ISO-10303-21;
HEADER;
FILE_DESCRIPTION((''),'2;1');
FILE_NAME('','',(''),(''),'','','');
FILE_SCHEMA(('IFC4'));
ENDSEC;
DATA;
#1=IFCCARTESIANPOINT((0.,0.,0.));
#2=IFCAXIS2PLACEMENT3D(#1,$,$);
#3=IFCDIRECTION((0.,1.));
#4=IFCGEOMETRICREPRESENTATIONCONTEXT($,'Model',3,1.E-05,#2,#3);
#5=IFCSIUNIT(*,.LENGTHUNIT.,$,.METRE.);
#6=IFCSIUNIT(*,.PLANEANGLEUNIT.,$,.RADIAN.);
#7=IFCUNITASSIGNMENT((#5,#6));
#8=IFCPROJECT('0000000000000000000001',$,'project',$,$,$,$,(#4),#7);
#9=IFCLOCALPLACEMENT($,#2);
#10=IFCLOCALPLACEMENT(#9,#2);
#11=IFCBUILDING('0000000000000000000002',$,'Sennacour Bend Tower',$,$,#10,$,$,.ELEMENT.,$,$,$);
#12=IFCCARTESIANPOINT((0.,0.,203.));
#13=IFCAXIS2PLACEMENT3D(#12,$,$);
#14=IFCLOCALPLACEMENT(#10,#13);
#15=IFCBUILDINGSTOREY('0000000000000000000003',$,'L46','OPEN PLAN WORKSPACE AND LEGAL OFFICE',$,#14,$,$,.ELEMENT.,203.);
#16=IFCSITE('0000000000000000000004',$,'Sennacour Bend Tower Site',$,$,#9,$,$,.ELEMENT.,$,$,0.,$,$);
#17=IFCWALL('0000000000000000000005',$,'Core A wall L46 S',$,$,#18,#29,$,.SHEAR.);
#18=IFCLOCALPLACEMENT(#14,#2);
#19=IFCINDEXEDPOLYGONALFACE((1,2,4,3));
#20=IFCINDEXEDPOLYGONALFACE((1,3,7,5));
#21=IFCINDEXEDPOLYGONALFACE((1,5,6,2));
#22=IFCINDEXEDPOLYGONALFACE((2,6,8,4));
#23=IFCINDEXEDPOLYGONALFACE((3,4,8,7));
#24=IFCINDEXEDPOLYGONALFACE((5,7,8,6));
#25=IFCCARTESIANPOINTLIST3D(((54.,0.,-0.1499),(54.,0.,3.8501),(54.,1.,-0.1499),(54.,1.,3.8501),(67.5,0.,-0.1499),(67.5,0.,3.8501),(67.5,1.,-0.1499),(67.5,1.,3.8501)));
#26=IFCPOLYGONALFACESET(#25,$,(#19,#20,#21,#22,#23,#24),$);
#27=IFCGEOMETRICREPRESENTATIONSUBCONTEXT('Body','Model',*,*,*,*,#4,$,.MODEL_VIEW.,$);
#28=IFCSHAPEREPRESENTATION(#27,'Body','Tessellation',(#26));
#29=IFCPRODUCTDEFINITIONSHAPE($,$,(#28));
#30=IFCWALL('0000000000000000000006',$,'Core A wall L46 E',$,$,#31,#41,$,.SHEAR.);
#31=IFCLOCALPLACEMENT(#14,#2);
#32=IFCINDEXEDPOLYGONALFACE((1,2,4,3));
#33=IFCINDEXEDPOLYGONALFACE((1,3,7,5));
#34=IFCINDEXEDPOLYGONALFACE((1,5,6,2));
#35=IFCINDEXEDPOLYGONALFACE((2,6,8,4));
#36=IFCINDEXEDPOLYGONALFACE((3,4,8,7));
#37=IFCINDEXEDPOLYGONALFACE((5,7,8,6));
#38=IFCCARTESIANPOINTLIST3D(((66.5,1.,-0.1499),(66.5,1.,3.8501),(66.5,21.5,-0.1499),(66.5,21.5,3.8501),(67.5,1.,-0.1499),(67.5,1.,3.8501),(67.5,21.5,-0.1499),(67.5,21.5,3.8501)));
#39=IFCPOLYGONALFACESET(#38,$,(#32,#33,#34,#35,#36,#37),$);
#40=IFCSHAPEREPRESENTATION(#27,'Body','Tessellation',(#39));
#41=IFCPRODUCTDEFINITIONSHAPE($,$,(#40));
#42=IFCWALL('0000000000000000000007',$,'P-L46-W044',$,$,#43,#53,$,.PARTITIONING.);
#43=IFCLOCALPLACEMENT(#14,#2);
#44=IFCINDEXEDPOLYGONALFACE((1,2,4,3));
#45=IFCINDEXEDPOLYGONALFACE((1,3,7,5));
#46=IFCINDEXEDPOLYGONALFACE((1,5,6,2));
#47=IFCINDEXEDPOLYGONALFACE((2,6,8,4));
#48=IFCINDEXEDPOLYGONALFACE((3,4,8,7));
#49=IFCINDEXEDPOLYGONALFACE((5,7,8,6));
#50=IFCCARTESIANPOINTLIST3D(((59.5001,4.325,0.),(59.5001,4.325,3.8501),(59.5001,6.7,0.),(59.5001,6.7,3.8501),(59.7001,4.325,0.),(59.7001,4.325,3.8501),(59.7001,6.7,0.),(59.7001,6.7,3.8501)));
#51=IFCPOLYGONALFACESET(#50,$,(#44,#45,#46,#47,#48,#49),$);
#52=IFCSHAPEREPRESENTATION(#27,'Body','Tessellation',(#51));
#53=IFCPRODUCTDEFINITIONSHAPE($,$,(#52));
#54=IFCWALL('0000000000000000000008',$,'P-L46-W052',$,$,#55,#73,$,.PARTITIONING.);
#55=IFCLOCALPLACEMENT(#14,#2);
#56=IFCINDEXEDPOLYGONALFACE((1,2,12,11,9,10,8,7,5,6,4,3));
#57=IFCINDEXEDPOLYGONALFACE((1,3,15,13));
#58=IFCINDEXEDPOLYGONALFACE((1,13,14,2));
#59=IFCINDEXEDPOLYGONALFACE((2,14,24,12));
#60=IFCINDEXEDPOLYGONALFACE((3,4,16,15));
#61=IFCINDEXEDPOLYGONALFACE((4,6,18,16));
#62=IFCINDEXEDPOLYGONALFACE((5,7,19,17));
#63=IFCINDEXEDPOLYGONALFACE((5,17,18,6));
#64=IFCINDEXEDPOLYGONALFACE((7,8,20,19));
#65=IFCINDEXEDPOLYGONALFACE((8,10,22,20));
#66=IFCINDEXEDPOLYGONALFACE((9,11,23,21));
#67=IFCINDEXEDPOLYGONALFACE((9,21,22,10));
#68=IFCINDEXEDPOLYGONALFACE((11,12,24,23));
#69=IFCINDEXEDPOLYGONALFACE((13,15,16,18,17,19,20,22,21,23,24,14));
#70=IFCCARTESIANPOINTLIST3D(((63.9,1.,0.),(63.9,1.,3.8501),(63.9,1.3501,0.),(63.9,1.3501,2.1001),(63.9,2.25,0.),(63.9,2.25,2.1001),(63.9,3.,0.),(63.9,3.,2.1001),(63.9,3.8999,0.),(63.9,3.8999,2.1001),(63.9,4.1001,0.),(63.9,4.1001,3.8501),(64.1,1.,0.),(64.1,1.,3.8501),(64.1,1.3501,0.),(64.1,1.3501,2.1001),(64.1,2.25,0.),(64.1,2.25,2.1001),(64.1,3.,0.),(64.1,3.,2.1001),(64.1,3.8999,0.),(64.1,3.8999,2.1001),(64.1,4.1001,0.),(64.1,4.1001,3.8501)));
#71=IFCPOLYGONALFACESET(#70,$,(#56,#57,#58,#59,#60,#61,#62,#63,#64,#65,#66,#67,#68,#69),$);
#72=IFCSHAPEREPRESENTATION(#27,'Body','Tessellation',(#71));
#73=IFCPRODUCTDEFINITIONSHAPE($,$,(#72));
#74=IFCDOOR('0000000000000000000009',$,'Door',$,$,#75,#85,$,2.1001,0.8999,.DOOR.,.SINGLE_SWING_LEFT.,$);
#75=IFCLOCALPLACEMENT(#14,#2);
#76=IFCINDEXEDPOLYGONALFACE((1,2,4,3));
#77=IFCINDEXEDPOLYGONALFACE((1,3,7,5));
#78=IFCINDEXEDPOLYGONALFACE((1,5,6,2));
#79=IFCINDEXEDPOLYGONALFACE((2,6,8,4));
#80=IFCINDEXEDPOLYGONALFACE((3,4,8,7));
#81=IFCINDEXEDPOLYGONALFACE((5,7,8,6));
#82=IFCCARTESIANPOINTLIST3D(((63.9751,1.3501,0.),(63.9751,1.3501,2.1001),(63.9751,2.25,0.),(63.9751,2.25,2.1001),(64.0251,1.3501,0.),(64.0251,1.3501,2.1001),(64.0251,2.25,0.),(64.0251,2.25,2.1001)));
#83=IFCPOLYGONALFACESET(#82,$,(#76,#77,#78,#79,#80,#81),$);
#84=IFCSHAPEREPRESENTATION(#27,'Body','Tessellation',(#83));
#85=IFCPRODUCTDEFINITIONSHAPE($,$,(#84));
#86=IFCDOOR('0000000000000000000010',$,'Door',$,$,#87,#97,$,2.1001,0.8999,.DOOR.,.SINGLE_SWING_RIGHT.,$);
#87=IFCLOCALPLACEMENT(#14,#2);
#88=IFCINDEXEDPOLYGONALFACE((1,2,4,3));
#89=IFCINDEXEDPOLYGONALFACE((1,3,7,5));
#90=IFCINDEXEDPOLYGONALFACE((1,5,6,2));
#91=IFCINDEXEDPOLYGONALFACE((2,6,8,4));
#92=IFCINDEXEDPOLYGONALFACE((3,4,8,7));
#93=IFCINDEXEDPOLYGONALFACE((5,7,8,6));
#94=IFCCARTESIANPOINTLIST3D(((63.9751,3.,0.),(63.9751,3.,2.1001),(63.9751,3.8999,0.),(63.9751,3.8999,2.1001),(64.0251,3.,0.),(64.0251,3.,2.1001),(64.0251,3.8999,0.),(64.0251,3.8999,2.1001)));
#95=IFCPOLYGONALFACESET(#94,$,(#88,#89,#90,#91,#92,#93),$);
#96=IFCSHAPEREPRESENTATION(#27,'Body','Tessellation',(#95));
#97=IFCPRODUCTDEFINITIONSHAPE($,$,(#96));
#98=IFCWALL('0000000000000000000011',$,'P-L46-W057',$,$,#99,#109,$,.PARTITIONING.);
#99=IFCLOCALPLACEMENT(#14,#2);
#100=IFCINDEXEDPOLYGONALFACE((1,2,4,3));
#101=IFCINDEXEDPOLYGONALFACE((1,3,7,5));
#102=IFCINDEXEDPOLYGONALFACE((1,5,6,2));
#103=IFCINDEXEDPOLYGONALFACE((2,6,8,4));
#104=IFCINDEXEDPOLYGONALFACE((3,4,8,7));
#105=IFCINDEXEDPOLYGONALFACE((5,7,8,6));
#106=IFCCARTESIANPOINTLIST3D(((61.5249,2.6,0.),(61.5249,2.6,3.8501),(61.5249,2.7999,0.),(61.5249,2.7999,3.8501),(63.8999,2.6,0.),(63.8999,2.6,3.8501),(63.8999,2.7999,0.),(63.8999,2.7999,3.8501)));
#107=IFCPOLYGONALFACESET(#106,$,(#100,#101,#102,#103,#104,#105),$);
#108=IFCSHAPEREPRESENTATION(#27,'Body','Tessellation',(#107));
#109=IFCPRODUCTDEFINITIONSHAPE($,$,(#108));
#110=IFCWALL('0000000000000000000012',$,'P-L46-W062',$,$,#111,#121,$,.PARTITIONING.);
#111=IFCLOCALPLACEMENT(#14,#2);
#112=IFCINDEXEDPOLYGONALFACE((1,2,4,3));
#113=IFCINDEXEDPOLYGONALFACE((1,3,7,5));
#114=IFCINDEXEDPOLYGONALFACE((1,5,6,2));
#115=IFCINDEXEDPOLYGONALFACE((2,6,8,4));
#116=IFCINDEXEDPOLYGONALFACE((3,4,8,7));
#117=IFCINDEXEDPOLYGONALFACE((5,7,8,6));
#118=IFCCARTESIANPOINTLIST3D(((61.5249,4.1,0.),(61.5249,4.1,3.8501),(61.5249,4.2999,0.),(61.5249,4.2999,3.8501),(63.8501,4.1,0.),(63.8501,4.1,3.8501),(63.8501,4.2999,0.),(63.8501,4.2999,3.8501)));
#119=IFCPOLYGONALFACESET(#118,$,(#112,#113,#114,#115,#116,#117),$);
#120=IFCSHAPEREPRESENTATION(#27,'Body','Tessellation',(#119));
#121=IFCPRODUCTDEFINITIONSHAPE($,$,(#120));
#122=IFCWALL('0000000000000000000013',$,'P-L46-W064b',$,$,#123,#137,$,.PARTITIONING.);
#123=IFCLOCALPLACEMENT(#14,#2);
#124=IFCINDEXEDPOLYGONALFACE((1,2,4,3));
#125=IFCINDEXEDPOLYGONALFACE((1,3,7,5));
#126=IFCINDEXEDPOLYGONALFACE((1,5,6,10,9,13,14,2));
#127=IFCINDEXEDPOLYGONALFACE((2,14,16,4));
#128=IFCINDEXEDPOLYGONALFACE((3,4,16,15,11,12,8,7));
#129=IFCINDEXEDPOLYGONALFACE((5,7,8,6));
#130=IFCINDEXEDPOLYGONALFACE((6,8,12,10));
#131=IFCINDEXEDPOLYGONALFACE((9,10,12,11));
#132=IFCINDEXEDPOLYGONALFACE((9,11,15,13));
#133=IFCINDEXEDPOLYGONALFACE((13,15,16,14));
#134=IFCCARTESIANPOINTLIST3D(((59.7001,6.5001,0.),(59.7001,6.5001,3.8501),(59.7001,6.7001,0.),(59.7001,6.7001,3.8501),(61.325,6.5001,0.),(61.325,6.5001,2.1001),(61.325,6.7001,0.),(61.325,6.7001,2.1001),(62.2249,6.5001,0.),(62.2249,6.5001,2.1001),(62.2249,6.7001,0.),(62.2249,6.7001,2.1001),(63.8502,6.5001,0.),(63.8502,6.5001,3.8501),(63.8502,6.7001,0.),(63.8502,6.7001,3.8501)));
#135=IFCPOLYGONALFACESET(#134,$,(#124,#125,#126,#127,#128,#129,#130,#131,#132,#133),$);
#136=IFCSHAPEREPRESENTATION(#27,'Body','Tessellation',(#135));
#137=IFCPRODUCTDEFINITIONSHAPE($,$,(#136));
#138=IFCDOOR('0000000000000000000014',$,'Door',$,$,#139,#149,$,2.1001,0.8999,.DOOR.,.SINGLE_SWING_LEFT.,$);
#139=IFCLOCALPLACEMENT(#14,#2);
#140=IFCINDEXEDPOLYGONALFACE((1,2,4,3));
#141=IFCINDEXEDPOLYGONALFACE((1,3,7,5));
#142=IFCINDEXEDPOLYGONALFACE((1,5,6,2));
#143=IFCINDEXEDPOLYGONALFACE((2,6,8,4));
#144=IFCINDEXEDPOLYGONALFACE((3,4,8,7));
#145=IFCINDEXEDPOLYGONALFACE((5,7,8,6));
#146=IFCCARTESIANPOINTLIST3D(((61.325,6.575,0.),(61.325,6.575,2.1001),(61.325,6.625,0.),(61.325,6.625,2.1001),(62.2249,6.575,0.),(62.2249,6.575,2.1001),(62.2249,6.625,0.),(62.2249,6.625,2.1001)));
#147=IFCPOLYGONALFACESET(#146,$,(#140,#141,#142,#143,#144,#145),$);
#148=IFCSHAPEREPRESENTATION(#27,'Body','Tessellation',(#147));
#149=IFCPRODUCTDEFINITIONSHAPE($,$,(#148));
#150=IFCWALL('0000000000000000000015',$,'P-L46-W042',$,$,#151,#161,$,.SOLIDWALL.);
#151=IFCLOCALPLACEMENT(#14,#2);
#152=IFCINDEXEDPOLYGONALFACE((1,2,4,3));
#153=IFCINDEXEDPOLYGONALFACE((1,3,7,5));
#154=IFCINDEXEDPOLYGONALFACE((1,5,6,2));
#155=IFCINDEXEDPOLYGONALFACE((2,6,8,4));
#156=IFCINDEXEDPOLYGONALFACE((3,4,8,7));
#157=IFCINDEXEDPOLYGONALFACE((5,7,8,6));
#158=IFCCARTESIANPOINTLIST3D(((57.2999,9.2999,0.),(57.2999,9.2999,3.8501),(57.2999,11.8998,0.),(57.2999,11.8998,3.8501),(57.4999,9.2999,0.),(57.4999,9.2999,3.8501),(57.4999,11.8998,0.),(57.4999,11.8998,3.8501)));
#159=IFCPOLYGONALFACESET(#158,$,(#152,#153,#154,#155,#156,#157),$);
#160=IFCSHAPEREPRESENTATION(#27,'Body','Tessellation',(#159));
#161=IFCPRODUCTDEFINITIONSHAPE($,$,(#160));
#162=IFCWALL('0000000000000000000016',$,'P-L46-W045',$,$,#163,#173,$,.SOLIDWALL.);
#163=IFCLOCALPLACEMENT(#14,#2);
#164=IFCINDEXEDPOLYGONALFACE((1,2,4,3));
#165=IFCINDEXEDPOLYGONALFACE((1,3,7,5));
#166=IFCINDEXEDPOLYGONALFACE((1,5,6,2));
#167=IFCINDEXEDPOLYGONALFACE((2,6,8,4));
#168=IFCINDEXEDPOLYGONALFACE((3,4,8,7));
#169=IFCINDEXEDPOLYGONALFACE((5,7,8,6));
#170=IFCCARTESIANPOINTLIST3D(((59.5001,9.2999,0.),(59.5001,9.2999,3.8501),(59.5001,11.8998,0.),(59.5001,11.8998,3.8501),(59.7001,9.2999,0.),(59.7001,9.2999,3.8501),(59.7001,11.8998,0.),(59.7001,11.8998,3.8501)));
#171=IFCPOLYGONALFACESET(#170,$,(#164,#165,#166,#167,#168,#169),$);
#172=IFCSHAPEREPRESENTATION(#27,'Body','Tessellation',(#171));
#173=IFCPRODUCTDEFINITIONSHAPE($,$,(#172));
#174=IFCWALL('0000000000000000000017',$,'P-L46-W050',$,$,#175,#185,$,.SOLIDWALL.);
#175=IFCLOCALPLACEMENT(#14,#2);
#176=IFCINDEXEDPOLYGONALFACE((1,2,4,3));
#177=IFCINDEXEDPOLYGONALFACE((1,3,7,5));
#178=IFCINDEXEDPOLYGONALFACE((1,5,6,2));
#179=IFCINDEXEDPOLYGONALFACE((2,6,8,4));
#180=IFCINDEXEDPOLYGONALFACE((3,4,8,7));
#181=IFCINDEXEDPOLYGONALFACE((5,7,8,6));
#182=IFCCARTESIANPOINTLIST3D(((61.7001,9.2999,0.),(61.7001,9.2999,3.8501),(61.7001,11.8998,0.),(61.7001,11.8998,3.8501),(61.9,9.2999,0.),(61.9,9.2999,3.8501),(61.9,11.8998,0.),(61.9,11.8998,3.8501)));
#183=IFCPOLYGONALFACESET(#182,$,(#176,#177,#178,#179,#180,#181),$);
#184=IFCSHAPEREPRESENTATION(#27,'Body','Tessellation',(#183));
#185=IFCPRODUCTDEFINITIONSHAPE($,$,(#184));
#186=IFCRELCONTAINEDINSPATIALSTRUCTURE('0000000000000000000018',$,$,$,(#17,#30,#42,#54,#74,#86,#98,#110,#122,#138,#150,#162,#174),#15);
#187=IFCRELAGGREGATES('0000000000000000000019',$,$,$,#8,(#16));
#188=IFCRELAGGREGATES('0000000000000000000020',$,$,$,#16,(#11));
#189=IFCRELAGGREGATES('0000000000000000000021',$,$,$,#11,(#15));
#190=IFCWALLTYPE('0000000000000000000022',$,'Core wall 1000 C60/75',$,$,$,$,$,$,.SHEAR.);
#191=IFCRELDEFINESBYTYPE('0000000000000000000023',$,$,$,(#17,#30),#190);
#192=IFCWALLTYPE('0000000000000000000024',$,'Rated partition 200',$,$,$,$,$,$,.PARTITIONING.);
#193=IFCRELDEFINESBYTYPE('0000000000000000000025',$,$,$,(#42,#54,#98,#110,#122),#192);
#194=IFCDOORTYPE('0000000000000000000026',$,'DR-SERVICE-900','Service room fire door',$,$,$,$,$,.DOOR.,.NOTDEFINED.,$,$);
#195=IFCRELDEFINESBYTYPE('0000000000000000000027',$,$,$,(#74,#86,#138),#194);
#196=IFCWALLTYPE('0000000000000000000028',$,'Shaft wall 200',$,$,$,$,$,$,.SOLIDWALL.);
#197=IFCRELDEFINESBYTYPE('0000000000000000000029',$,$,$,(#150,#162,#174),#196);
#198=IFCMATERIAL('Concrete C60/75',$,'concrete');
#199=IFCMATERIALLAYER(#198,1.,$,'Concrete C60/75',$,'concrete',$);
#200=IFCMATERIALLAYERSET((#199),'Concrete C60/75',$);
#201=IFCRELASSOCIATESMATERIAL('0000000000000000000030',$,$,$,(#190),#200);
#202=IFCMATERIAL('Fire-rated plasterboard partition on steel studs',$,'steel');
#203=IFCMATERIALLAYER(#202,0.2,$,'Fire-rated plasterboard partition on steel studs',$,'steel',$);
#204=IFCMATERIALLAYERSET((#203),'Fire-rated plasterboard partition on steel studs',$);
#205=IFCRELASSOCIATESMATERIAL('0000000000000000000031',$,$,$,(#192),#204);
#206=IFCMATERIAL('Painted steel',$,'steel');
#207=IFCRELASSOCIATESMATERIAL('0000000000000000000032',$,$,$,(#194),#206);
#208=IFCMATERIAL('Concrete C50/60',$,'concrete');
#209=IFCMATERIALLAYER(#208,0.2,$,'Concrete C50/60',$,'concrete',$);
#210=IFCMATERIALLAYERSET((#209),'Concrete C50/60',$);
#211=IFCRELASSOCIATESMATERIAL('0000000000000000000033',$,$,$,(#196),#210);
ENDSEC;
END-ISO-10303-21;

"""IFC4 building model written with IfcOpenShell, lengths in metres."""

from ifc_helpers import new_model, si_unit, direction, frame, frame_2d, origin, place, context, subcontext, project, spatial, rectangle, extrude, material, layer, layer_set, type_object, element, fill, save


model = new_model("IFC4")

# Units and contexts
model_context = context("Model", 3, precision=1e-05, world=origin(), true_north=direction((0.0, 1.0)))
body_context = subcontext(model_context, "Body", "Model", "MODEL_VIEW")
ifc_project = project(units=[si_unit("LENGTHUNIT", "METRE"), si_unit("PLANEANGLEUNIT", "RADIAN")], contexts=[model_context])

# Site, building, storey
site_placement = place(None, origin())
site = spatial("IfcSite", under=ifc_project, at=site_placement, Name="Sennacour Bend Tower Site", CompositionType="ELEMENT", RefElevation=0.0)
building_placement = place(site_placement, origin())
building = spatial("IfcBuilding", under=site, at=building_placement, Name="Sennacour Bend Tower", CompositionType="ELEMENT")
storey_placement = place(building_placement, frame((0.0, 0.0, 203.0)))
storey = spatial("IfcBuildingStorey", under=building, at=storey_placement, Name="L46", Description="OPEN PLAN WORKSPACE AND LEGAL OFFICE", CompositionType="ELEMENT", Elevation=203.0)

# Walls
ifc_material_1 = material(Name="Concrete C60/75", Category="concrete")
ifc_layer_1 = layer(ifc_material_1, 1.0, Name="Concrete C60/75", Category="concrete")
ifc_layer_set_1 = layer_set([ifc_layer_1], Name="Concrete C60/75")
wall_type_1 = type_object("IfcWallType", Name="Core wall 1000 C60/75", PredefinedType="SHEAR", material=ifc_layer_set_1)
wall_1_placement = place(storey_placement, frame((67.5, 0.5, -0.1499), z_axis=(0.0, 0.0, 1.0), x_axis=(-1.0, 0.0, 0.0)))
element("IfcWall", 1, at=wall_1_placement, inside=storey, type_object=wall_type_1, Name="Core A wall L46 S", PredefinedType="SHEAR", context=body_context, shape_type="SweptSolid", body=[
    extrude(rectangle(XDim=13.5, YDim=1.0, at=frame_2d((6.75, 0.0))), origin(), (0.0, 0.0, 1.0), 4.0),
])
wall_2_placement = place(storey_placement, frame((67.0, 1.0, -0.1499), z_axis=(0.0, 0.0, 1.0), x_axis=(0.0, 1.0, 0.0)))
element("IfcWall", 2, at=wall_2_placement, inside=storey, type_object=wall_type_1, Name="Core A wall L46 E", PredefinedType="SHEAR", context=body_context, shape_type="SweptSolid", body=[
    extrude(rectangle(XDim=20.5, YDim=1.0, at=frame_2d((10.25, 0.0))), origin(), (0.0, 0.0, 1.0), 4.0),
])
ifc_material_2 = material(Name="Fire-rated plasterboard partition on steel studs", Category="steel")
ifc_layer_2 = layer(ifc_material_2, 0.2, Name="Fire-rated plasterboard partition on steel studs", Category="steel")
ifc_layer_set_2 = layer_set([ifc_layer_2], Name="Fire-rated plasterboard partition on steel studs")
wall_type_2 = type_object("IfcWallType", Name="Rated partition 200", PredefinedType="PARTITIONING", material=ifc_layer_set_2)
wall_3_placement = place(storey_placement, frame((59.6001, 4.325, 0.0), z_axis=(0.0, 0.0, 1.0), x_axis=(0.0, 1.0, 0.0)))
element("IfcWall", 3, at=wall_3_placement, inside=storey, type_object=wall_type_2, Name="P-L46-W044", PredefinedType="PARTITIONING", context=body_context, shape_type="SweptSolid", body=[
    extrude(rectangle(XDim=2.375, YDim=0.2, at=frame_2d((1.1875, 0.0))), origin(), (0.0, 0.0, 1.0), 3.8501),
])

# Wall, openings, doors
wall_4_placement = place(storey_placement, frame((64.0, 1.0, 0.0), z_axis=(0.0, 0.0, 1.0), x_axis=(0.0, 1.0, 0.0)))
wall_4 = element("IfcWall", 4, at=wall_4_placement, inside=storey, type_object=wall_type_2, Name="P-L46-W052", PredefinedType="PARTITIONING", context=body_context, shape_type="SweptSolid", body=[
    extrude(rectangle(XDim=3.1001, YDim=0.2, at=frame_2d((1.55, 0.0))), origin(), (0.0, 0.0, 1.0), 3.8501),
])
opening_1_placement = place(wall_4_placement, frame((0.3501, 0.0, 0.0)))
opening_1 = element("IfcOpeningElement", 5, at=opening_1_placement, cuts=wall_4, PredefinedType="OPENING", context=body_context, shape_type="SweptSolid", body=[
    extrude(rectangle(XDim=0.8999, YDim=2.1001, at=frame_2d((0.45, 1.05))), frame((0.0, 0.1099, 0.0), z_axis=(0.0, -1.0, 0.0), x_axis=(1.0, 0.0, 0.0)), (0.0, 0.0, 1.0), 0.22),
])
opening_2_placement = place(wall_4_placement, frame((2.0, 0.0, 0.0)))
opening_2 = element("IfcOpeningElement", 6, at=opening_2_placement, cuts=wall_4, PredefinedType="OPENING", context=body_context, shape_type="SweptSolid", body=[
    extrude(rectangle(XDim=0.8999, YDim=2.1001, at=frame_2d((0.45, 1.05))), frame((0.0, 0.1099, 0.0), z_axis=(0.0, -1.0, 0.0), x_axis=(1.0, 0.0, 0.0)), (0.0, 0.0, 1.0), 0.22),
])
ifc_material_3 = material(Name="Painted steel", Category="steel")
door_type_1 = type_object("IfcDoorType", Name="DR-SERVICE-900", Description="Service room fire door", OperationType="NOTDEFINED", PredefinedType="DOOR", material=ifc_material_3)
door_1_placement = place(opening_1_placement, origin())
door_1 = element("IfcDoor", 7, at=door_1_placement, inside=storey, type_object=door_type_1, Name="Door", OperationType="SINGLE_SWING_LEFT", OverallHeight=2.1001, OverallWidth=0.8999, PredefinedType="DOOR", context=body_context, shape_type="SweptSolid", body=[
    extrude(rectangle(XDim=0.8999, YDim=2.1001, at=frame_2d((0.45, 1.05))), frame((0.0, 0.0249, 0.0), z_axis=(0.0, -1.0, 0.0), x_axis=(1.0, 0.0, 0.0)), (0.0, 0.0, 1.0), 0.05),
])
fill(opening_1, door_1)
door_2_placement = place(opening_2_placement, origin())
door_2 = element("IfcDoor", 8, at=door_2_placement, inside=storey, type_object=door_type_1, Name="Door", OperationType="SINGLE_SWING_RIGHT", OverallHeight=2.1001, OverallWidth=0.8999, PredefinedType="DOOR", context=body_context, shape_type="SweptSolid", body=[
    extrude(rectangle(XDim=0.8999, YDim=2.1001, at=frame_2d((0.45, 1.05))), frame((0.0, 0.0249, 0.0), z_axis=(0.0, -1.0, 0.0), x_axis=(1.0, 0.0, 0.0)), (0.0, 0.0, 1.0), 0.05),
])
fill(opening_2, door_2)

# Walls
wall_5_placement = place(storey_placement, frame((61.5249, 2.7, 0.0), z_axis=(0.0, 0.0, 1.0), x_axis=(1.0, 0.0, 0.0)))
element("IfcWall", 9, at=wall_5_placement, inside=storey, type_object=wall_type_2, Name="P-L46-W057", PredefinedType="PARTITIONING", context=body_context, shape_type="SweptSolid", body=[
    extrude(rectangle(XDim=2.375, YDim=0.2, at=frame_2d((1.1875, 0.0))), origin(), (0.0, 0.0, 1.0), 3.8501),
])
wall_6_placement = place(storey_placement, frame((61.5249, 4.2, 0.0), z_axis=(0.0, 0.0, 1.0), x_axis=(1.0, 0.0, 0.0)))
element("IfcWall", 10, at=wall_6_placement, inside=storey, type_object=wall_type_2, Name="P-L46-W062", PredefinedType="PARTITIONING", context=body_context, shape_type="SweptSolid", body=[
    extrude(rectangle(XDim=2.3252, YDim=0.2, at=frame_2d((1.1626, 0.0))), origin(), (0.0, 0.0, 1.0), 3.8501),
])

# Wall, opening, door
wall_7_placement = place(storey_placement, frame((59.7, 6.6001, 0.0), z_axis=(0.0, 0.0, 1.0), x_axis=(1.0, 0.0, 0.0)))
wall_7 = element("IfcWall", 11, at=wall_7_placement, inside=storey, type_object=wall_type_2, Name="P-L46-W064b", PredefinedType="PARTITIONING", context=body_context, shape_type="SweptSolid", body=[
    extrude(rectangle(XDim=4.1501, YDim=0.2, at=frame_2d((2.0752, 0.0))), origin(), (0.0, 0.0, 1.0), 3.8501),
])
opening_3_placement = place(wall_7_placement, frame((1.625, 0.0, 0.0)))
opening_3 = element("IfcOpeningElement", 12, at=opening_3_placement, cuts=wall_7, PredefinedType="OPENING", context=body_context, shape_type="SweptSolid", body=[
    extrude(rectangle(XDim=0.8999, YDim=2.1001, at=frame_2d((0.45, 1.05))), frame((0.0, 0.1099, 0.0), z_axis=(0.0, -1.0, 0.0), x_axis=(1.0, 0.0, 0.0)), (0.0, 0.0, 1.0), 0.22),
])
door_3_placement = place(opening_3_placement, origin())
door_3 = element("IfcDoor", 13, at=door_3_placement, inside=storey, type_object=door_type_1, Name="Door", OperationType="SINGLE_SWING_LEFT", OverallHeight=2.1001, OverallWidth=0.8999, PredefinedType="DOOR", context=body_context, shape_type="SweptSolid", body=[
    extrude(rectangle(XDim=0.8999, YDim=2.1001, at=frame_2d((0.45, 1.05))), frame((0.0, 0.0249, 0.0), z_axis=(0.0, -1.0, 0.0), x_axis=(1.0, 0.0, 0.0)), (0.0, 0.0, 1.0), 0.05),
])
fill(opening_3, door_3)

# Walls
ifc_material_4 = material(Name="Concrete C50/60", Category="concrete")
ifc_layer_3 = layer(ifc_material_4, 0.2, Name="Concrete C50/60", Category="concrete")
ifc_layer_set_3 = layer_set([ifc_layer_3], Name="Concrete C50/60")
wall_type_3 = type_object("IfcWallType", Name="Shaft wall 200", PredefinedType="SOLIDWALL", material=ifc_layer_set_3)
for number, where, z_axis, x_axis, name in (
    (14, (57.3999, 9.3, 0.0), (0.0, 0.0, 1.0), (0.0, 1.0, 0.0), "P-L46-W042"),
    (15, (59.6001, 9.3, 0.0), (0.0, 0.0, 1.0), (0.0, 1.0, 0.0), "P-L46-W045"),
    (16, (61.8, 9.3, 0.0), (0.0, 0.0, 1.0), (0.0, 1.0, 0.0), "P-L46-W050"),
):
    element("IfcWall", number, at=place(storey_placement, frame(where, z_axis=z_axis, x_axis=x_axis)), inside=storey, type_object=wall_type_3, Name=name, PredefinedType="SOLIDWALL", context=body_context, shape_type="SweptSolid", body=[
        extrude(rectangle(XDim=2.5999, YDim=0.2, at=frame_2d((1.2998, 0.0))), origin(), (0.0, 0.0, 1.0), 3.8501),
    ])

save(model, "model.ifc")
